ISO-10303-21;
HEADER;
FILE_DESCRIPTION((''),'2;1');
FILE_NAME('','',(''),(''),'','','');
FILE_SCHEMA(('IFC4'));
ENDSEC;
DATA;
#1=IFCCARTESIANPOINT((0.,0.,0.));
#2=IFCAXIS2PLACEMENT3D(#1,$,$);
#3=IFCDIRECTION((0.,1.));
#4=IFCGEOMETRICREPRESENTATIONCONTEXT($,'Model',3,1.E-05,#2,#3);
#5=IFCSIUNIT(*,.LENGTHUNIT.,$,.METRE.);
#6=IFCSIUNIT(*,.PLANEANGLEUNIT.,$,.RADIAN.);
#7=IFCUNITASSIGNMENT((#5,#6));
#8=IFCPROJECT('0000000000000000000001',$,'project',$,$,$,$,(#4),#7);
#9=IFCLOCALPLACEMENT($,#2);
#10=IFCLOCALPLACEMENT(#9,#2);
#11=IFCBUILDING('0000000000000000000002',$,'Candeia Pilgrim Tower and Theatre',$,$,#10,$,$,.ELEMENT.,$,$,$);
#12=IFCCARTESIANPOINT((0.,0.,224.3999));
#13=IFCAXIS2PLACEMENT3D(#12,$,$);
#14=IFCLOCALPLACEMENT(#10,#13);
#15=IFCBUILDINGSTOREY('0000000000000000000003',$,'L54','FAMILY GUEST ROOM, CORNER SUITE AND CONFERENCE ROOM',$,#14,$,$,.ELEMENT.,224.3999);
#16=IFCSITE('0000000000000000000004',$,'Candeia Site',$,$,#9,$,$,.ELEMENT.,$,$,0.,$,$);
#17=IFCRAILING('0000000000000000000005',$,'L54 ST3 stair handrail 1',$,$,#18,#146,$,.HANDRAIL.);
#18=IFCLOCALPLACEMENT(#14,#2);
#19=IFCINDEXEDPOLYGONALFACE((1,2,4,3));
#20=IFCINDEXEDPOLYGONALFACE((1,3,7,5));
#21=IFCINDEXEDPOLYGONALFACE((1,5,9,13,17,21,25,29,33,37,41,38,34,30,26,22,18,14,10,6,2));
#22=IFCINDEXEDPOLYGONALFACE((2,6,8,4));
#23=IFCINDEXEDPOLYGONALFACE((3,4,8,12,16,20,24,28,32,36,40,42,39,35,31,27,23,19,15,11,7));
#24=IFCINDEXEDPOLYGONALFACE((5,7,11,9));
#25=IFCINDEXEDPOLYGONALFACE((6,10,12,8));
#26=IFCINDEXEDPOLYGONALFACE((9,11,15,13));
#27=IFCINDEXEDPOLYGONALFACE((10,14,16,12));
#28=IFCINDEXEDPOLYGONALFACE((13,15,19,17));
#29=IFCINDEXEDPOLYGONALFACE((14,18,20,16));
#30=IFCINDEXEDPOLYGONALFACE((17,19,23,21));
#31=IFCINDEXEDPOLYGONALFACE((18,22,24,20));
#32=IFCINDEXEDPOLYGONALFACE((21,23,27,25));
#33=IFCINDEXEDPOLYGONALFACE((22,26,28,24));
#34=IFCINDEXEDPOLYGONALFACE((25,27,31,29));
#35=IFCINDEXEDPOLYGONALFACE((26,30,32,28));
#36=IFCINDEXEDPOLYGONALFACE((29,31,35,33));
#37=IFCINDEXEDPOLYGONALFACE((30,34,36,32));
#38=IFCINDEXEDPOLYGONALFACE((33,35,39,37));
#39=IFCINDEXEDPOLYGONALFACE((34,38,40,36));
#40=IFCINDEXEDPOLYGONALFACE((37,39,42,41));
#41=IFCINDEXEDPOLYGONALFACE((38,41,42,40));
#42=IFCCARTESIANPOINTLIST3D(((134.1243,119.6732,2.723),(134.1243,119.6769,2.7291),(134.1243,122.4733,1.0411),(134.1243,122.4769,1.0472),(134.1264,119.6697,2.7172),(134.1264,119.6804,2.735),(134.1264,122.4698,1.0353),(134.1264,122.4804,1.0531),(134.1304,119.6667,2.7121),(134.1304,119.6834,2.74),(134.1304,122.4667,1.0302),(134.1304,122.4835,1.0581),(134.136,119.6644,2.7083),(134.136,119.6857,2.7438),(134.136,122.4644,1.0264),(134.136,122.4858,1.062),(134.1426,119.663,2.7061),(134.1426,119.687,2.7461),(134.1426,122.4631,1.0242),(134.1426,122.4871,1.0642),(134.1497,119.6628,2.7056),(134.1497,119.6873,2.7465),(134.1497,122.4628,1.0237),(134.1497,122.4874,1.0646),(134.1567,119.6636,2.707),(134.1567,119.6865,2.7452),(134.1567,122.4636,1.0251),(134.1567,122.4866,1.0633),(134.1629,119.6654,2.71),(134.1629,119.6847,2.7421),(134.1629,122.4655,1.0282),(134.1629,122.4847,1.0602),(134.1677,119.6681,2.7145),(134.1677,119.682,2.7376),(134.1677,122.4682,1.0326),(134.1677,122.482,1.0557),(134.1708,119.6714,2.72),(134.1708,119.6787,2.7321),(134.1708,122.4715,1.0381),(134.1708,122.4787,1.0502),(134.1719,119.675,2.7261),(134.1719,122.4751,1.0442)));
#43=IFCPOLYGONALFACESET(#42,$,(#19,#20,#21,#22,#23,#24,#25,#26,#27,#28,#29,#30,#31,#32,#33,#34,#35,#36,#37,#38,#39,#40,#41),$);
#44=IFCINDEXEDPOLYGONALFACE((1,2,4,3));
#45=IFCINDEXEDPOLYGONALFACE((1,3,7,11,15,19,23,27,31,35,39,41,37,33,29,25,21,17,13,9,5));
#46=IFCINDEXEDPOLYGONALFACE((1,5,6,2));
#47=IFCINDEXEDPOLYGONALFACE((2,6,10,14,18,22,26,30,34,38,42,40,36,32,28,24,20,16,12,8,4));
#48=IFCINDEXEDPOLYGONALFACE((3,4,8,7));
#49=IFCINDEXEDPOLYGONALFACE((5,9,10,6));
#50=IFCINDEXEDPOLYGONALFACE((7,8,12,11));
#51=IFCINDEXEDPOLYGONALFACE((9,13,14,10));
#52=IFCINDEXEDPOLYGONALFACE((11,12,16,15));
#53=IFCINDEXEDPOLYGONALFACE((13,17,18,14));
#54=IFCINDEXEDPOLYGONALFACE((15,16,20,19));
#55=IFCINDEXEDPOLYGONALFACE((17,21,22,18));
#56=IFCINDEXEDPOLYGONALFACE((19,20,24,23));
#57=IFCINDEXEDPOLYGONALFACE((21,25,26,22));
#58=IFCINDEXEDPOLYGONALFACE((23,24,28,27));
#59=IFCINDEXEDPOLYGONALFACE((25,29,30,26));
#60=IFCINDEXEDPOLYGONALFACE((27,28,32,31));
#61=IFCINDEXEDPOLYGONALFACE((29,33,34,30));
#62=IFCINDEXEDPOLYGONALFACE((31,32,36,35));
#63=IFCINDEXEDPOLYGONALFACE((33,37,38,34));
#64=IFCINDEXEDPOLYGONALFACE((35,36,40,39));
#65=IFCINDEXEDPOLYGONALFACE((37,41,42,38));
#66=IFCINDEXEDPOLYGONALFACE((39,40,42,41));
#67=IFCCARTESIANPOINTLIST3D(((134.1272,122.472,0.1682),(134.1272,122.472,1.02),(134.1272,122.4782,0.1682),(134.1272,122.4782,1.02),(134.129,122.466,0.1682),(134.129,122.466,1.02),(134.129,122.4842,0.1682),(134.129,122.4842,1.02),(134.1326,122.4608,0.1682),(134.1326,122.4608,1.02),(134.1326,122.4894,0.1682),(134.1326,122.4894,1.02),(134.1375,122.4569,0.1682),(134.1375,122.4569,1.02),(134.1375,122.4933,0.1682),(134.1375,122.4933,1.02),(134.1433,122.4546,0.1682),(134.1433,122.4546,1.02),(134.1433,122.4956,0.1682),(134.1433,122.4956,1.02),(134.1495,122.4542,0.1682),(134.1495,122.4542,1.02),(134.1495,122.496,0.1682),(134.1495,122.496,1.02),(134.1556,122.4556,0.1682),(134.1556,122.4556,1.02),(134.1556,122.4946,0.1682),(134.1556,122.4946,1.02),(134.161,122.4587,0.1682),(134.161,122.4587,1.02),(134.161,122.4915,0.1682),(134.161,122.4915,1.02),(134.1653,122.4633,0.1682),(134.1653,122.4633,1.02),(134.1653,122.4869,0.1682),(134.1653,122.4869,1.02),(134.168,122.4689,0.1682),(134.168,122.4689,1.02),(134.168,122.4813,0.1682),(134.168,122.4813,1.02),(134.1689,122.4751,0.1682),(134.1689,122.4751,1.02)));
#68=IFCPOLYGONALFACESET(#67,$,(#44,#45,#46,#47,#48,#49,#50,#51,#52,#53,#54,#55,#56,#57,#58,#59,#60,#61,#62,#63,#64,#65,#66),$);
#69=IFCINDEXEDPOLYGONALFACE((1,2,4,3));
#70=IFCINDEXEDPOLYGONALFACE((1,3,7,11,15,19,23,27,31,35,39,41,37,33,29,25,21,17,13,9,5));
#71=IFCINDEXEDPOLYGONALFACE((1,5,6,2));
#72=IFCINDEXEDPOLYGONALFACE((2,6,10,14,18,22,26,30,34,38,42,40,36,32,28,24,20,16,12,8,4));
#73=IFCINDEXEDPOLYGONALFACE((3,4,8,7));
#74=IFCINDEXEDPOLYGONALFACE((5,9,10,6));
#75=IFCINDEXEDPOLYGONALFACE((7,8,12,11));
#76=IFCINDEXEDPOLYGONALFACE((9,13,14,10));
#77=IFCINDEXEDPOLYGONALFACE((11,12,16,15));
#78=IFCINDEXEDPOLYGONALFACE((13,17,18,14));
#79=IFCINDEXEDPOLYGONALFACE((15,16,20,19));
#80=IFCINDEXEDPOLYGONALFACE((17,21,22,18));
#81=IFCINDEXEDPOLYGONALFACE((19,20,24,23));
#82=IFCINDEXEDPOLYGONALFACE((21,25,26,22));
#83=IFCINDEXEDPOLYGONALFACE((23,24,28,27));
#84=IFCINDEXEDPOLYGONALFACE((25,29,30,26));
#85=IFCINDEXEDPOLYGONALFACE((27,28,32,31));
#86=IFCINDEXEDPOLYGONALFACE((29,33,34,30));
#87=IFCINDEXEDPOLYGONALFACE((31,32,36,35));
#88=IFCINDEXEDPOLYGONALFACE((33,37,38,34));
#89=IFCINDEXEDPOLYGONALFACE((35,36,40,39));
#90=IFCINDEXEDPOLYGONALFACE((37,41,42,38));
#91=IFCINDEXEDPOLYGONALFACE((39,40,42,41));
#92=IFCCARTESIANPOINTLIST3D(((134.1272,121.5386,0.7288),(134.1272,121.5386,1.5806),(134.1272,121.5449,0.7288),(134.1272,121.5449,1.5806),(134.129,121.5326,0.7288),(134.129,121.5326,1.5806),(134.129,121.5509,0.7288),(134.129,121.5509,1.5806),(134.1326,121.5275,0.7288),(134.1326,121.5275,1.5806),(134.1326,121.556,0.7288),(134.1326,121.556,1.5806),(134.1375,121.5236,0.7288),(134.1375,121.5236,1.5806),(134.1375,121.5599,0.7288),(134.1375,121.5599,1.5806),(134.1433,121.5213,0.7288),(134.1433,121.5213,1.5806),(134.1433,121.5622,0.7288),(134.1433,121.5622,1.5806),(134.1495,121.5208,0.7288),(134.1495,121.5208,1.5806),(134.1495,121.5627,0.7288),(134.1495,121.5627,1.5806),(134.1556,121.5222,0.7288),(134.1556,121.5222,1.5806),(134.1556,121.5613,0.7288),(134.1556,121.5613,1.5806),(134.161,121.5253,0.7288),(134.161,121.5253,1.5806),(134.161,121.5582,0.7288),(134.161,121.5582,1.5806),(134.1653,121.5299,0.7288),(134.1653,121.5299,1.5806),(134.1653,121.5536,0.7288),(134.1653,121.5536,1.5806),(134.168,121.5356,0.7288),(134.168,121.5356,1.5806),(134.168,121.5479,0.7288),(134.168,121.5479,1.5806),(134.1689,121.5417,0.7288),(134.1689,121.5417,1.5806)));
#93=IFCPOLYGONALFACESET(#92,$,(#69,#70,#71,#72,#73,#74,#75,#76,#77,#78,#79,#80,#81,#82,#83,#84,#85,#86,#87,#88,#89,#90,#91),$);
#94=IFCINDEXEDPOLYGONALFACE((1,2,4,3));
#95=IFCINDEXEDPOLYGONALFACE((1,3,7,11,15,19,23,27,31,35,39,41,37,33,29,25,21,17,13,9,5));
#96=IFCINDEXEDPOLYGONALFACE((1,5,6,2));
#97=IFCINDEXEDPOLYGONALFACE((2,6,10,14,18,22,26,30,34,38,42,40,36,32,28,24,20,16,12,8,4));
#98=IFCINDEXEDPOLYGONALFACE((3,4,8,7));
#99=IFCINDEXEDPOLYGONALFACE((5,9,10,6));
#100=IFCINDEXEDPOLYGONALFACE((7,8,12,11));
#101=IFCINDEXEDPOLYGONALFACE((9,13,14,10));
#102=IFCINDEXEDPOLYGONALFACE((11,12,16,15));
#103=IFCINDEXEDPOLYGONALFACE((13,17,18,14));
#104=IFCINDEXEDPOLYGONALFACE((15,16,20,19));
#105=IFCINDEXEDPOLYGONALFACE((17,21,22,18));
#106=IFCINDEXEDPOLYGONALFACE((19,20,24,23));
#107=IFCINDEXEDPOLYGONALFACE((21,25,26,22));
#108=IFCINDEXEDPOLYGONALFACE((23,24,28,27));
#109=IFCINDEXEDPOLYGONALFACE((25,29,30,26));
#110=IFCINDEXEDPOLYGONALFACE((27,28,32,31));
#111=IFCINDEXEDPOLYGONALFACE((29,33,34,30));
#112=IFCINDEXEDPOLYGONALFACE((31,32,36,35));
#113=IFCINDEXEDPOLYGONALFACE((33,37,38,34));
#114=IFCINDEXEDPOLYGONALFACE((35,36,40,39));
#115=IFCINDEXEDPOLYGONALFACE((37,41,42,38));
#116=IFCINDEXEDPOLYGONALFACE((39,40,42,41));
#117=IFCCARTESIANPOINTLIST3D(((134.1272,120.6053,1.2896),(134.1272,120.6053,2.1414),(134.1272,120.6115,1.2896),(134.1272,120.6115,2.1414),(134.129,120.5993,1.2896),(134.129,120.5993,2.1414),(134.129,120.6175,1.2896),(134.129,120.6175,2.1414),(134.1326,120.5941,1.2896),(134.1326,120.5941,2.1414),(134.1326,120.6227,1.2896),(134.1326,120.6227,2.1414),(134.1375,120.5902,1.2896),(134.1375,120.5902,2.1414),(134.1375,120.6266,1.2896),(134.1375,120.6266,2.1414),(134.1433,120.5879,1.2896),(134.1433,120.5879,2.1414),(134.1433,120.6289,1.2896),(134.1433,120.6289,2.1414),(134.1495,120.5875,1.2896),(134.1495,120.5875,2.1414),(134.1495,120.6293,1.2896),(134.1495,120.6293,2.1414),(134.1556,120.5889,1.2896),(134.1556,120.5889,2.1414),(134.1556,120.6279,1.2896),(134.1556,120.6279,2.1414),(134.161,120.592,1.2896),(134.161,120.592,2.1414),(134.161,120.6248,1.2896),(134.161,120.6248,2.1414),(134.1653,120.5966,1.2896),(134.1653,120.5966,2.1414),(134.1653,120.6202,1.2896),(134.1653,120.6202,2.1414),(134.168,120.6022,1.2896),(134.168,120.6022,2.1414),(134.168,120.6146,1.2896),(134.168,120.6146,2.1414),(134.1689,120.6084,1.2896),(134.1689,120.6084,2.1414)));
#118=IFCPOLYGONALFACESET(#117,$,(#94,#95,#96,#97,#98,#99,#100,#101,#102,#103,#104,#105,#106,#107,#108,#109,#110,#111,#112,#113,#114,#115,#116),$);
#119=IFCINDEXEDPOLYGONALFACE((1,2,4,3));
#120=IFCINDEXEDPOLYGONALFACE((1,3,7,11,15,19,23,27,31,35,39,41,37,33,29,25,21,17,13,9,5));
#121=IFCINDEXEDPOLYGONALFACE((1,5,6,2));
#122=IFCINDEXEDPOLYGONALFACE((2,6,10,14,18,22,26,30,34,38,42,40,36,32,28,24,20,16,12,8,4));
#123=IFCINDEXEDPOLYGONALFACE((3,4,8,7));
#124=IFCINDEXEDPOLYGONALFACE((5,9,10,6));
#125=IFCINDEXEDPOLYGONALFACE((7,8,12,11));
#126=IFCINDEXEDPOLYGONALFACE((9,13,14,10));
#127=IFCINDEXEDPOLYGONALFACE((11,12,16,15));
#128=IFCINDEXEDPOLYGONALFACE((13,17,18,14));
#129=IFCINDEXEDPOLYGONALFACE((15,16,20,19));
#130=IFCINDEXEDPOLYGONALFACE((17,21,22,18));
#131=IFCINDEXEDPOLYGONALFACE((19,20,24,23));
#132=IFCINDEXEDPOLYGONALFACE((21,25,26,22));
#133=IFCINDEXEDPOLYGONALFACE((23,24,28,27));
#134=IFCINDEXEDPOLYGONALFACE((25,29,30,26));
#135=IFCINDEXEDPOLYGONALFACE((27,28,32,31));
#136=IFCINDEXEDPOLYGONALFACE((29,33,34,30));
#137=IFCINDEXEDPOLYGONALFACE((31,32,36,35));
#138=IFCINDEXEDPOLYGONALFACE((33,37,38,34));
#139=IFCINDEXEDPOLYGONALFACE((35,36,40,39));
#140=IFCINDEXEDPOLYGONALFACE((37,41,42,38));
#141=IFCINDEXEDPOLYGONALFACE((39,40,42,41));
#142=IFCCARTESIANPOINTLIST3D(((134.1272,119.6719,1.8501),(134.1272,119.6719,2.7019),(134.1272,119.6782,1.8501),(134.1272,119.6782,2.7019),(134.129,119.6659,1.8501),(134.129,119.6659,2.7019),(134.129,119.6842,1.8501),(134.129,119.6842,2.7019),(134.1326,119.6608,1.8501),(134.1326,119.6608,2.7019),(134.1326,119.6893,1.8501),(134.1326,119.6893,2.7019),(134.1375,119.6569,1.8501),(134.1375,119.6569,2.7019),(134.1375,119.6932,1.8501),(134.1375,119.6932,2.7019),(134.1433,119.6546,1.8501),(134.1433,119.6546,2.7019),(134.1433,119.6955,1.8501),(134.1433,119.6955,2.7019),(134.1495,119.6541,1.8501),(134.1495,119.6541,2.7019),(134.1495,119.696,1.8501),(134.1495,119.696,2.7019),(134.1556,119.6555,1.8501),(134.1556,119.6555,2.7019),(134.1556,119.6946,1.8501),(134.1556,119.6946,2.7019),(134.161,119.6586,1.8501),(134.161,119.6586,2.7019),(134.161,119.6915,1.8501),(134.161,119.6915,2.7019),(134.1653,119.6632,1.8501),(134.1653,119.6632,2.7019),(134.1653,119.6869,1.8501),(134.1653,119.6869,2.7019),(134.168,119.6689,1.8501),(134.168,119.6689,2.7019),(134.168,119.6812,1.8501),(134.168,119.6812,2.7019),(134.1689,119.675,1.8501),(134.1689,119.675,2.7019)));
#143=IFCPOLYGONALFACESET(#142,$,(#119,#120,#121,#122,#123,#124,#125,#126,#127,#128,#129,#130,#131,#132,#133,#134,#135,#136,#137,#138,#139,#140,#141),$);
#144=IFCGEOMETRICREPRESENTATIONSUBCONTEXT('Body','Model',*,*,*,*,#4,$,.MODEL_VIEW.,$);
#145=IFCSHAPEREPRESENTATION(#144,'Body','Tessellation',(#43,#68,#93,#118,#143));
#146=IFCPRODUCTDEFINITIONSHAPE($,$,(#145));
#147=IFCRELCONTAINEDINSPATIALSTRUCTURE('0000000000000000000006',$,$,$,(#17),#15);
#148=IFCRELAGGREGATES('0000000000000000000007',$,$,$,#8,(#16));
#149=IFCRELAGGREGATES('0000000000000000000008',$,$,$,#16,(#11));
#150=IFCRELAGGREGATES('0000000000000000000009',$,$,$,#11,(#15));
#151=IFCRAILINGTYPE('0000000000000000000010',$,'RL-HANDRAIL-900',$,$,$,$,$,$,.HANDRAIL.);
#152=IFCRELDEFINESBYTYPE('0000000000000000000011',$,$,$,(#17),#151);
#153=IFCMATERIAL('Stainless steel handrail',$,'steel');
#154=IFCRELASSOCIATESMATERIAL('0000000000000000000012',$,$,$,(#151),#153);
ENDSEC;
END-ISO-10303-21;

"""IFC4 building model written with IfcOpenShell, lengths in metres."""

from ifc_helpers import new_model, si_unit, direction, frame, origin, origin_2d, place, context, subcontext, project, spatial, circle, extrude, material, type_object, element, save


model = new_model("IFC4")

# Units and contexts
model_context = context("Model", 3, precision=1e-05, world=origin(), true_north=direction((0.0, 1.0)))
body_context = subcontext(model_context, "Body", "Model", "MODEL_VIEW")
ifc_project = project(units=[si_unit("LENGTHUNIT", "METRE"), si_unit("PLANEANGLEUNIT", "RADIAN")], contexts=[model_context])

# Site, building, storey
site_placement = place(None, origin())
site = spatial("IfcSite", under=ifc_project, at=site_placement, Name="Candeia Site", CompositionType="ELEMENT", RefElevation=0.0)
building_placement = place(site_placement, origin())
building = spatial("IfcBuilding", under=site, at=building_placement, Name="Candeia Pilgrim Tower and Theatre", CompositionType="ELEMENT")
storey_placement = place(building_placement, frame((0.0, 0.0, 224.3999)))
storey = spatial("IfcBuildingStorey", under=building, at=storey_placement, Name="L54", Description="FAMILY GUEST ROOM, CORNER SUITE AND CONFERENCE ROOM", CompositionType="ELEMENT", Elevation=224.3999)

# Railing
ifc_material_1 = material(Name="Stainless steel handrail", Category="steel")
railing_type_1 = type_object("IfcRailingType", Name="RL-HANDRAIL-900", PredefinedType="HANDRAIL", material=ifc_material_1)
railing_1_placement = place(storey_placement, frame((134.1479, 122.4751, 0.1682)))
element("IfcRailing", 1, at=railing_1_placement, inside=storey, type_object=railing_type_1, Name="L54 ST3 stair handrail 1", PredefinedType="HANDRAIL", context=body_context, shape_type="SweptSolid", body=[
    extrude(circle(Radius=0.0239, at=origin_2d()), frame((0.0, 0.0, 0.876), z_axis=(0.0, -0.857242, 0.514913), x_axis=(1.0, 0.0, 0.0)), (0.0, 0.0, 1.0), 3.2664),
    extrude(circle(Radius=0.021, at=origin_2d()), origin(), (0.0, 0.0, 1.0), 0.8518),
    extrude(circle(Radius=0.021, at=origin_2d()), frame((0.0, -0.9333, 0.5605)), (0.0, 0.0, 1.0), 0.8518),
    extrude(circle(Radius=0.021, at=origin_2d()), frame((0.0, -1.8667, 1.1213)), (0.0, 0.0, 1.0), 0.8518),
    extrude(circle(Radius=0.021, at=origin_2d()), frame((0.0, -2.8, 1.6819)), (0.0, 0.0, 1.0), 0.8518),
])

save(model, "model.ifc")
